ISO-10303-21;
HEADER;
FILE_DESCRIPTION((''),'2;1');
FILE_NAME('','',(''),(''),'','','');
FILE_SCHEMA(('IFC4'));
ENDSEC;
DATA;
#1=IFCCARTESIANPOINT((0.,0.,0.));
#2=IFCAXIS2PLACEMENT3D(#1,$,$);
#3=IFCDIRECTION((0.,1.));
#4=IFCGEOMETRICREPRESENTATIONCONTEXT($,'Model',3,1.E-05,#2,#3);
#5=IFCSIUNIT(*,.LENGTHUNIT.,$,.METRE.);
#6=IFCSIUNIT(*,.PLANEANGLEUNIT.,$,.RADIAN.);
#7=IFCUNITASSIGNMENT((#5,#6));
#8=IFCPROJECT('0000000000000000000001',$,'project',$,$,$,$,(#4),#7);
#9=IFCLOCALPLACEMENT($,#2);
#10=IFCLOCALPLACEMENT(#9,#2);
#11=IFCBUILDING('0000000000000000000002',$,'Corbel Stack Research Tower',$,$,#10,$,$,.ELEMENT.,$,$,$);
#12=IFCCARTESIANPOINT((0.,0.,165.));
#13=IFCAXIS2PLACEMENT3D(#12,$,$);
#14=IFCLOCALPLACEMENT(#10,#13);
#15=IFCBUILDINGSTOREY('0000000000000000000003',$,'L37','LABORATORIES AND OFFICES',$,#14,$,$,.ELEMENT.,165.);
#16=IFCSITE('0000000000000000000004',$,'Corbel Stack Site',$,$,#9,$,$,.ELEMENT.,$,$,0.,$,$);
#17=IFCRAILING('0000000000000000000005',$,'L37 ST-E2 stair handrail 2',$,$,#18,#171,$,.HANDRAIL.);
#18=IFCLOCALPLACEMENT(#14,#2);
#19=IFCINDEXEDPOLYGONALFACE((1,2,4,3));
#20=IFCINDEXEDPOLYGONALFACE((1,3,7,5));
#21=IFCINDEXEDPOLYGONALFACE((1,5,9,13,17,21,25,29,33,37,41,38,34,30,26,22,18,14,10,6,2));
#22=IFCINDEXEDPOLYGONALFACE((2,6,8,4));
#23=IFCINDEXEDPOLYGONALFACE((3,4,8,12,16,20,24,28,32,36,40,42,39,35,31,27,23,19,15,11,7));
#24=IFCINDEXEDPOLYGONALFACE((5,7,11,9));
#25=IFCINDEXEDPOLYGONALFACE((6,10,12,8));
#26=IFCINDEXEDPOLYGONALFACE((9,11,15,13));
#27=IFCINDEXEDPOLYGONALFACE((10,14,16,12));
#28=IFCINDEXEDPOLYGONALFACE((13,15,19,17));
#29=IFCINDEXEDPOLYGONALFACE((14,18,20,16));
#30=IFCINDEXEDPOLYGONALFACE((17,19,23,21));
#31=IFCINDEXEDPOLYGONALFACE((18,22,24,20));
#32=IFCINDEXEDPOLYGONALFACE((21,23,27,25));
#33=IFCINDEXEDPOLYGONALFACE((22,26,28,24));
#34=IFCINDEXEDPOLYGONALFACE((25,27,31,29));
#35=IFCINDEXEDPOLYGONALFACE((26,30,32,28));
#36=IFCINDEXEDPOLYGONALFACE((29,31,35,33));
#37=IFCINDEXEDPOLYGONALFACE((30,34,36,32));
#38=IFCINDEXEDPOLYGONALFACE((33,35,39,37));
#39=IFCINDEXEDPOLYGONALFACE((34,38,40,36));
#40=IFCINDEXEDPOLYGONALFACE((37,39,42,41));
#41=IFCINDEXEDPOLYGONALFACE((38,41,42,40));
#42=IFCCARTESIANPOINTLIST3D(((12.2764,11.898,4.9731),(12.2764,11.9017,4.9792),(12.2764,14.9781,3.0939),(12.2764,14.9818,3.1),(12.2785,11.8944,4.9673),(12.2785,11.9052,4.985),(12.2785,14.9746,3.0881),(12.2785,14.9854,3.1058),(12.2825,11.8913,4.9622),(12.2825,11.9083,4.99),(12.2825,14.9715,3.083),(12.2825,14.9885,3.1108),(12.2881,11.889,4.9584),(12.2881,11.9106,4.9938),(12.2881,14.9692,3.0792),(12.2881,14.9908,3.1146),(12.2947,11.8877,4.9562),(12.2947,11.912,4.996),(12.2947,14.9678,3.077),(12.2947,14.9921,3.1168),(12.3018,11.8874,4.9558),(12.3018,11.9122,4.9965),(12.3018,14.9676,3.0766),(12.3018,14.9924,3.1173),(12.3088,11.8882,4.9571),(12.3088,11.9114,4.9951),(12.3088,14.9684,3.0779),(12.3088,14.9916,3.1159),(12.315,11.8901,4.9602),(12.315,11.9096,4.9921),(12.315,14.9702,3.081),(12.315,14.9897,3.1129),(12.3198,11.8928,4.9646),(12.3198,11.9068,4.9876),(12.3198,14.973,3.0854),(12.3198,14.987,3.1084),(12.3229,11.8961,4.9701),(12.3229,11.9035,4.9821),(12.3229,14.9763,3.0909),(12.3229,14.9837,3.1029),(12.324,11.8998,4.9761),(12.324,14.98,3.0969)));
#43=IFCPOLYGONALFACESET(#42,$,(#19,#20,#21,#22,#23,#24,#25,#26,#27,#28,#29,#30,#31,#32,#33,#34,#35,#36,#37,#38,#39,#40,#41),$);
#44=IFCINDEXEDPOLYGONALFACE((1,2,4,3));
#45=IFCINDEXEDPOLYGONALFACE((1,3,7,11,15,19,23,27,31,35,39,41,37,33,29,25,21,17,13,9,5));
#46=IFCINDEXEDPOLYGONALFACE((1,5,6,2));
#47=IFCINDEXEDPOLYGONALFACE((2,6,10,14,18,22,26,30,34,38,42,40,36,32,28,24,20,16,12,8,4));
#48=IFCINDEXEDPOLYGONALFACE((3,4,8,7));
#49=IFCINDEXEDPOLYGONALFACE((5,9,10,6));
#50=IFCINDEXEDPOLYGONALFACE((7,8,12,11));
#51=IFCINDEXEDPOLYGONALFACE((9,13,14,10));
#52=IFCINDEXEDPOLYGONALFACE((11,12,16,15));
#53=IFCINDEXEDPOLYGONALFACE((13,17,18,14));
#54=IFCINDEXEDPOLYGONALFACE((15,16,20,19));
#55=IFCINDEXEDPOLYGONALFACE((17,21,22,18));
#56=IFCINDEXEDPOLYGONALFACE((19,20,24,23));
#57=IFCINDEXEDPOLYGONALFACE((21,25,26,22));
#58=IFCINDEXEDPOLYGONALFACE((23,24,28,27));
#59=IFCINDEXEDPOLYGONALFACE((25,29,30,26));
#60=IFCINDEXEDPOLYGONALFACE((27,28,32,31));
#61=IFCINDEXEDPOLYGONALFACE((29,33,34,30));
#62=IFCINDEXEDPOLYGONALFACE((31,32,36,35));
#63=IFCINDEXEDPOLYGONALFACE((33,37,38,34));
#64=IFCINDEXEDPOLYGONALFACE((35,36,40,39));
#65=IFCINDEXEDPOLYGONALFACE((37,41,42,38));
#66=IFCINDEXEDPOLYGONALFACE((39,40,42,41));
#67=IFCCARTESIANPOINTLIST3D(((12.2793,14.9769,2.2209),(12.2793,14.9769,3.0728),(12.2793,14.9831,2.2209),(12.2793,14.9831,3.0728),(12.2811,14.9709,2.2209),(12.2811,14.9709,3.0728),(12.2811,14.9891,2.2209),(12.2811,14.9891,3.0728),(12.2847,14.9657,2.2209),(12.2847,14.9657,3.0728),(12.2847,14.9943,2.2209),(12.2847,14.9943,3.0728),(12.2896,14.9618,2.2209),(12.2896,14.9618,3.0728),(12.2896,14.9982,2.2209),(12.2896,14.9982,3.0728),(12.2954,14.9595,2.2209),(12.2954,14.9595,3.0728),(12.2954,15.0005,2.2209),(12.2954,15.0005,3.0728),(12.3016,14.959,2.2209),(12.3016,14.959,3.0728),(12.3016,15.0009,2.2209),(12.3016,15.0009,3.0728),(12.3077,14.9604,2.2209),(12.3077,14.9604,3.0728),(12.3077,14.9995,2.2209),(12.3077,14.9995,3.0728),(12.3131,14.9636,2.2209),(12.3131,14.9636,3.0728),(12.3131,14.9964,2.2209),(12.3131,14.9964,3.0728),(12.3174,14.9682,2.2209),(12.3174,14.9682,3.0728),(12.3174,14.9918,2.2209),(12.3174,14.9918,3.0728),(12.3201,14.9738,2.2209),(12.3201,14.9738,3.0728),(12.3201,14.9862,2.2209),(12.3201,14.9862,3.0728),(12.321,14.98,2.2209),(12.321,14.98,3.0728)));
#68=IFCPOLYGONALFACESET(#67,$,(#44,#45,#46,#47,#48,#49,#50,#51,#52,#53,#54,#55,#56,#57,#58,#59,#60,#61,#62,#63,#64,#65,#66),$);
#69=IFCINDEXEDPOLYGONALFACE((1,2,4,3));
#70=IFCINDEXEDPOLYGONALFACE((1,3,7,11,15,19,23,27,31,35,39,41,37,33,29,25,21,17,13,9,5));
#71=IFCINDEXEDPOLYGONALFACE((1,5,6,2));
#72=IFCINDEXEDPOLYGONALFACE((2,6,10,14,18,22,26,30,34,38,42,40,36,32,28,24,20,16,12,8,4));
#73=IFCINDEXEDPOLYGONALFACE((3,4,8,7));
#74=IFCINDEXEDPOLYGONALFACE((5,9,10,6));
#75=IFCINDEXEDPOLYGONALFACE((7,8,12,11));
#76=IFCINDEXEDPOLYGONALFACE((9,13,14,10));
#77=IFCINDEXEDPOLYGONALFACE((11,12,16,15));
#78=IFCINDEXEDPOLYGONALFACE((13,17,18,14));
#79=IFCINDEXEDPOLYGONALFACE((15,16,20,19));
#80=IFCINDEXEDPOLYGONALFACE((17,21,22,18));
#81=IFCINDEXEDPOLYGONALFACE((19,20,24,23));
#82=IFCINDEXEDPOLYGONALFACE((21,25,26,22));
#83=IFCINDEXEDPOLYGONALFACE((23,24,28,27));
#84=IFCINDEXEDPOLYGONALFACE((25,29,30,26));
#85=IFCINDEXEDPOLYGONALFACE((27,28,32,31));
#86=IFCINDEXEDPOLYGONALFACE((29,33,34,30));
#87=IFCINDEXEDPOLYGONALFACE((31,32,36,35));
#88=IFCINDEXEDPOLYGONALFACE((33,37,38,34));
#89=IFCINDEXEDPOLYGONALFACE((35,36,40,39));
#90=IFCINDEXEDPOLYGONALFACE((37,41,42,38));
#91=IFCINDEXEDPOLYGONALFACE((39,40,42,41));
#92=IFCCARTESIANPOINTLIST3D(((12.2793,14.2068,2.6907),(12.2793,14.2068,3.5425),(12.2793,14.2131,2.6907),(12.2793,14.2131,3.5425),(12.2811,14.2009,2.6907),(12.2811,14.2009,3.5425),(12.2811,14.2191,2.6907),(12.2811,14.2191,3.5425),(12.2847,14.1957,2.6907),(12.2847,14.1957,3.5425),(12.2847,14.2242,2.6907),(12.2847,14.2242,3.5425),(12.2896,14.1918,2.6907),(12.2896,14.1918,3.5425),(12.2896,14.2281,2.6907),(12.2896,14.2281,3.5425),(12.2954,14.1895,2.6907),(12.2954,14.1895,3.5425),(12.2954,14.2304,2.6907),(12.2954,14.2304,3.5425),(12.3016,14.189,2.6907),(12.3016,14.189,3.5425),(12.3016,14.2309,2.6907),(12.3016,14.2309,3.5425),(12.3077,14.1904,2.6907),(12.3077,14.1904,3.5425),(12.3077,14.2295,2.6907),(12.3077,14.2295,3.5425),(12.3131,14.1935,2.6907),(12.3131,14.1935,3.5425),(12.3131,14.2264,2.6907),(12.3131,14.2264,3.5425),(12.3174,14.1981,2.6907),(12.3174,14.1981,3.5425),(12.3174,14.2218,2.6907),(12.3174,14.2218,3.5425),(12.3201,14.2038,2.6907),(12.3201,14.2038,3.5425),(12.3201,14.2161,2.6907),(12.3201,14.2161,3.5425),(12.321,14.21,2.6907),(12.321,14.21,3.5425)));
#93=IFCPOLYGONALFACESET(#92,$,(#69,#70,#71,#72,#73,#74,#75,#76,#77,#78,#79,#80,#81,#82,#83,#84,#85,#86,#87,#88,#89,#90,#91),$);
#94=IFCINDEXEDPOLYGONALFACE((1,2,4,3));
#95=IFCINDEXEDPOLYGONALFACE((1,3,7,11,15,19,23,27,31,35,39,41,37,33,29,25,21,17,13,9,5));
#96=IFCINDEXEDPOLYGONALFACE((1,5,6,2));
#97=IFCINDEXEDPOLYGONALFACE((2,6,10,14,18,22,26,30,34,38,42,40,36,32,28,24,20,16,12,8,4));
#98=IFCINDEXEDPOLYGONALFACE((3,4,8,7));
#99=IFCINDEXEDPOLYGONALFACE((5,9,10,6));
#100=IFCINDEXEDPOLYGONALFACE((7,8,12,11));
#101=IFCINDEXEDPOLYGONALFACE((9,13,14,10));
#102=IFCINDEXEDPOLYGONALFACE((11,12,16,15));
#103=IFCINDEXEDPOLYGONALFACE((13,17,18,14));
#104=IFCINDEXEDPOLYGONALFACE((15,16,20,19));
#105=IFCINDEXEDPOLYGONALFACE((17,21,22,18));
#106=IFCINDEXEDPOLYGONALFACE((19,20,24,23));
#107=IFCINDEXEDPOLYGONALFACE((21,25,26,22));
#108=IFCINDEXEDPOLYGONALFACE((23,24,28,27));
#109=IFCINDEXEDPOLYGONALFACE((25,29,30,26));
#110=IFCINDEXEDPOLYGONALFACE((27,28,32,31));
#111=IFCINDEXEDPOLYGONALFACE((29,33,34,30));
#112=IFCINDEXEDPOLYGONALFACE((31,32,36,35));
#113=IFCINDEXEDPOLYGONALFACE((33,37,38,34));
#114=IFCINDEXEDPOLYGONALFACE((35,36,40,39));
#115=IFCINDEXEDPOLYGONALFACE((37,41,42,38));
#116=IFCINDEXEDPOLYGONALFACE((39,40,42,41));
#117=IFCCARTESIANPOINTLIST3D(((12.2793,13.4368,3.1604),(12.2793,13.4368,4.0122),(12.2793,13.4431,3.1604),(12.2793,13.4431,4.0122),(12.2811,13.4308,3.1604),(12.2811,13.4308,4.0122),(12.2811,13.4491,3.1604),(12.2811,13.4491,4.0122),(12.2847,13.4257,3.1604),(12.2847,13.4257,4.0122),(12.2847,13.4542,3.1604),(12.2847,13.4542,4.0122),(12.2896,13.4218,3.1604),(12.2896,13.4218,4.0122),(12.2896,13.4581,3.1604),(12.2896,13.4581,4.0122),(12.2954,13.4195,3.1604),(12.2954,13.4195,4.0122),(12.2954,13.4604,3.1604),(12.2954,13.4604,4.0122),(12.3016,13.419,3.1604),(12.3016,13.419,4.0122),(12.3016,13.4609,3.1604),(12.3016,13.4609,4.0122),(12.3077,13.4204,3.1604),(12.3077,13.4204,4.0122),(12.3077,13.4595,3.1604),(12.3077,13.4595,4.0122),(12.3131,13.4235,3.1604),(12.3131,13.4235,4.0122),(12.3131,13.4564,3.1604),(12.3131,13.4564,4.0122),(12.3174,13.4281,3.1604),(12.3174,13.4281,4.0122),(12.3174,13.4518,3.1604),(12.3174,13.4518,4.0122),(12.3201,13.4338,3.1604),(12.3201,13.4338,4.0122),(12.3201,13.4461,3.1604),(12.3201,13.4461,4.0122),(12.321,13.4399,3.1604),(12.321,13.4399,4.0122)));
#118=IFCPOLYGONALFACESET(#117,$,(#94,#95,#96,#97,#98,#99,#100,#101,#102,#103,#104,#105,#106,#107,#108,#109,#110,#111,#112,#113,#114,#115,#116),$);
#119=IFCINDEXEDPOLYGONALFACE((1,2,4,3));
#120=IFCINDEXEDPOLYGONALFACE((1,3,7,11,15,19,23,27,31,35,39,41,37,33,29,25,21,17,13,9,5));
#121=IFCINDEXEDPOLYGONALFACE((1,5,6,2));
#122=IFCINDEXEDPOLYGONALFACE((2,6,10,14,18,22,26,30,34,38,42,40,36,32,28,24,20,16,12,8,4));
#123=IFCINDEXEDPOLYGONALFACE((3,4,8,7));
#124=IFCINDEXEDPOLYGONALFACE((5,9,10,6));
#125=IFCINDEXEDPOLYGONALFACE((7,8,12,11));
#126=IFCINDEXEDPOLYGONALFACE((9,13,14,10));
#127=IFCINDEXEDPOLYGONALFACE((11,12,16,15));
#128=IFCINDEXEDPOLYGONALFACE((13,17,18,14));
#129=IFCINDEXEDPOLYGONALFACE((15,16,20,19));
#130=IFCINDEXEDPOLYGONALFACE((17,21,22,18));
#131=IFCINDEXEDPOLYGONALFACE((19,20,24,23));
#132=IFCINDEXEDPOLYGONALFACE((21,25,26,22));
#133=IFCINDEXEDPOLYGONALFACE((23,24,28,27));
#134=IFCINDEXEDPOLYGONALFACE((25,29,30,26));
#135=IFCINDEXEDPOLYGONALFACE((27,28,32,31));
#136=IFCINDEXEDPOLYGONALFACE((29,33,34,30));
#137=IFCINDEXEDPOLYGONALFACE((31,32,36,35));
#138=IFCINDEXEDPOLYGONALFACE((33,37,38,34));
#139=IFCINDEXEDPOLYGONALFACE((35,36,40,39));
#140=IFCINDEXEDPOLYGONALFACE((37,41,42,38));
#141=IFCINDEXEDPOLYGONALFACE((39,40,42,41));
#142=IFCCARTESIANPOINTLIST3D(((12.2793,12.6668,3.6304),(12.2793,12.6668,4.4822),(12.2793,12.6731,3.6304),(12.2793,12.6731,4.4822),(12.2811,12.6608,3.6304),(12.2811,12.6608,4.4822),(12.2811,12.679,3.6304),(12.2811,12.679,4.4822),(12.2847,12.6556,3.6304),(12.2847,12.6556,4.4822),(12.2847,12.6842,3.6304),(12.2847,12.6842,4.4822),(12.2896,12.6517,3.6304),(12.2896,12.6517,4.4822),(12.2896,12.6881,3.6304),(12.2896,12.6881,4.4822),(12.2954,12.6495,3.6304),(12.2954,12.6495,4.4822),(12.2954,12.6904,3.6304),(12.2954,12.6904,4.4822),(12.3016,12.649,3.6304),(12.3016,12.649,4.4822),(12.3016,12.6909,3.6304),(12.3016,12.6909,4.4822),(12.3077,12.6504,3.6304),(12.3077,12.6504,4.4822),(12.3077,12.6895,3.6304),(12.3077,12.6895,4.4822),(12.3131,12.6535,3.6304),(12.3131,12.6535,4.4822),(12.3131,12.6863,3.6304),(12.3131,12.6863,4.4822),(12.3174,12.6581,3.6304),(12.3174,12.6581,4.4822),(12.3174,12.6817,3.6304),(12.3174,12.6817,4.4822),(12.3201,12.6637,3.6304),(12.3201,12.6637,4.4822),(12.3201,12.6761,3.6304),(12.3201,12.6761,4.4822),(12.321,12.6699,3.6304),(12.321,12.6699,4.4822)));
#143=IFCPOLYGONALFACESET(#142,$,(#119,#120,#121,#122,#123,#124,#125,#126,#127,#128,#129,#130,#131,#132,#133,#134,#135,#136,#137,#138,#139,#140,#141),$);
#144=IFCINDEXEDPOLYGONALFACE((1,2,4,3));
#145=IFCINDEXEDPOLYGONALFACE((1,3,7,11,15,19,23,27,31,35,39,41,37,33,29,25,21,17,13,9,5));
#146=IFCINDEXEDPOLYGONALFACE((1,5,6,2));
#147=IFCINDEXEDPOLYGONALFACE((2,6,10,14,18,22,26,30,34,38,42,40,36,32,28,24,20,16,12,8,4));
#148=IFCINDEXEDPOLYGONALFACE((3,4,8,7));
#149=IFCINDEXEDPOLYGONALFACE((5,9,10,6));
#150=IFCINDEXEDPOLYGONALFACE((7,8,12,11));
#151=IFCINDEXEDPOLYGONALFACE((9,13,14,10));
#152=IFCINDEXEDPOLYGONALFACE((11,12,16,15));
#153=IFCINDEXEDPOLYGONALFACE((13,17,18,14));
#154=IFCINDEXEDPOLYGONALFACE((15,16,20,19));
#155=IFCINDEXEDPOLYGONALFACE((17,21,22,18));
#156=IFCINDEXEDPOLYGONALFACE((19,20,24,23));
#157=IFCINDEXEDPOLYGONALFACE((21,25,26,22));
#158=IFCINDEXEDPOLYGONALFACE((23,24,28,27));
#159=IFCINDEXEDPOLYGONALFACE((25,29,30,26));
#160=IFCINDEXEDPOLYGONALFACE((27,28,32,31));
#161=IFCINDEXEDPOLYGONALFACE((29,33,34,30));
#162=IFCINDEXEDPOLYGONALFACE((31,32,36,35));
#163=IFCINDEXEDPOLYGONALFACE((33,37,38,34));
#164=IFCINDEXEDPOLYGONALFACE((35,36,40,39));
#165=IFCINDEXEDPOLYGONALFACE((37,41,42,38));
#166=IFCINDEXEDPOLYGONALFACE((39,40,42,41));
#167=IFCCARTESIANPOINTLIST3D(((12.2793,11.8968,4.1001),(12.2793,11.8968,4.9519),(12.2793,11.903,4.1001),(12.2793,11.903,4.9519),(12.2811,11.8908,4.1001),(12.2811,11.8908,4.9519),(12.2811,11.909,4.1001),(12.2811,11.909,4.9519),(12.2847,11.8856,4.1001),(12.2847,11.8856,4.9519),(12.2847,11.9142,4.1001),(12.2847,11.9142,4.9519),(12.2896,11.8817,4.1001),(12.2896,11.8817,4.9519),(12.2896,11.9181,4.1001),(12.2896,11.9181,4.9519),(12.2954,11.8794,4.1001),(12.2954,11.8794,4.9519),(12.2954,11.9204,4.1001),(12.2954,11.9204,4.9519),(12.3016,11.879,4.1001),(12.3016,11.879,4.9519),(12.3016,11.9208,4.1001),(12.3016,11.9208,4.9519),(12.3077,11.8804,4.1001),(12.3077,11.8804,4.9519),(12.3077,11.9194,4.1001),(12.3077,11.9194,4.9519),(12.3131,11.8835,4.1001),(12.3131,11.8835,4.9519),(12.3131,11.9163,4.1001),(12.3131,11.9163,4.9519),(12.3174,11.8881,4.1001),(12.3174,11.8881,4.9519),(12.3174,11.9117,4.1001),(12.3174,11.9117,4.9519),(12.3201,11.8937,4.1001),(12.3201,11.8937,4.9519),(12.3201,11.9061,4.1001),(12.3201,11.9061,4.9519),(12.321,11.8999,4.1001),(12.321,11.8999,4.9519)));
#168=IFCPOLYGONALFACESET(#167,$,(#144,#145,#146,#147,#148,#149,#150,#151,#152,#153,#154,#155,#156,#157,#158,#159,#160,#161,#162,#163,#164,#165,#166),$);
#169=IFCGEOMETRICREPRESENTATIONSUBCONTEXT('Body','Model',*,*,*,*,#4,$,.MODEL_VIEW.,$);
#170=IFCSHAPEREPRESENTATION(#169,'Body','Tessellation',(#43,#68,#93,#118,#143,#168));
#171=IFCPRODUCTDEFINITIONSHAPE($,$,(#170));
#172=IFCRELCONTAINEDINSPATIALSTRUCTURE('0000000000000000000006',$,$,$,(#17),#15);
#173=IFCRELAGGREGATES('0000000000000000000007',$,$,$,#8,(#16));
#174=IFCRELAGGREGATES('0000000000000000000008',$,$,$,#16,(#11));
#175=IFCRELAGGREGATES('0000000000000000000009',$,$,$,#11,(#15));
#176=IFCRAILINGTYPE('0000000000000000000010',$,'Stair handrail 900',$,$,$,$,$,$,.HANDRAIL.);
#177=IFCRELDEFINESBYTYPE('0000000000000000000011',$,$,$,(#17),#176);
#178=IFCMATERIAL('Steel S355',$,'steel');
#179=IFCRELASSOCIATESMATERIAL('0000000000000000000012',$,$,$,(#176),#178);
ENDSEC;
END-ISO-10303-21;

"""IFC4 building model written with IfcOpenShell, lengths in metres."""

from ifc_helpers import new_model, si_unit, direction, frame, origin, origin_2d, place, context, subcontext, project, spatial, circle, extrude, material, type_object, element, save


model = new_model("IFC4")

# Units and contexts
model_context = context("Model", 3, precision=1e-05, world=origin(), true_north=direction((0.0, 1.0)))
body_context = subcontext(model_context, "Body", "Model", "MODEL_VIEW")
ifc_project = project(units=[si_unit("LENGTHUNIT", "METRE"), si_unit("PLANEANGLEUNIT", "RADIAN")], contexts=[model_context])

# Site, building, storey
site_placement = place(None, origin())
site = spatial("IfcSite", under=ifc_project, at=site_placement, Name="Corbel Stack Site", CompositionType="ELEMENT", RefElevation=0.0)
building_placement = place(site_placement, origin())
building = spatial("IfcBuilding", under=site, at=building_placement, Name="Corbel Stack Research Tower", CompositionType="ELEMENT")
storey_placement = place(building_placement, frame((0.0, 0.0, 165.0)))
storey = spatial("IfcBuildingStorey", under=building, at=storey_placement, Name="L37", Description="LABORATORIES AND OFFICES", CompositionType="ELEMENT", Elevation=165.0)

# Railing
ifc_material_1 = material(Name="Steel S355", Category="steel")
railing_type_1 = type_object("IfcRailingType", Name="Stair handrail 900", PredefinedType="HANDRAIL", material=ifc_material_1)
railing_1_placement = place(storey_placement, frame((12.3, 14.98, 2.2209)))
element("IfcRailing", 1, at=railing_1_placement, inside=storey, type_object=railing_type_1, Name="L37 ST-E2 stair handrail 2", PredefinedType="HANDRAIL", context=body_context, shape_type="SweptSolid", body=[
    extrude(circle(Radius=0.0239, at=origin_2d()), frame((0.0, 0.0, 0.876), z_axis=(0.0, -0.853666, 0.52082), x_axis=(1.0, 0.0, 0.0)), (0.0, 0.0, 1.0), 3.6082),
    extrude(circle(Radius=0.021, at=origin_2d()), origin(), (0.0, 0.0, 1.0), 0.8518),
    extrude(circle(Radius=0.021, at=origin_2d()), frame((0.0, -0.77, 0.4697)), (0.0, 0.0, 1.0), 0.8518),
    extrude(circle(Radius=0.021, at=origin_2d()), frame((0.0, -1.54, 0.9395)), (0.0, 0.0, 1.0), 0.8518),
    extrude(circle(Radius=0.021, at=origin_2d()), frame((0.0, -2.3101, 1.4094)), (0.0, 0.0, 1.0), 0.8518),
    extrude(circle(Radius=0.021, at=origin_2d()), frame((0.0, -3.0801, 1.8792)), (0.0, 0.0, 1.0), 0.8518),
])

save(model, "model.ifc")
